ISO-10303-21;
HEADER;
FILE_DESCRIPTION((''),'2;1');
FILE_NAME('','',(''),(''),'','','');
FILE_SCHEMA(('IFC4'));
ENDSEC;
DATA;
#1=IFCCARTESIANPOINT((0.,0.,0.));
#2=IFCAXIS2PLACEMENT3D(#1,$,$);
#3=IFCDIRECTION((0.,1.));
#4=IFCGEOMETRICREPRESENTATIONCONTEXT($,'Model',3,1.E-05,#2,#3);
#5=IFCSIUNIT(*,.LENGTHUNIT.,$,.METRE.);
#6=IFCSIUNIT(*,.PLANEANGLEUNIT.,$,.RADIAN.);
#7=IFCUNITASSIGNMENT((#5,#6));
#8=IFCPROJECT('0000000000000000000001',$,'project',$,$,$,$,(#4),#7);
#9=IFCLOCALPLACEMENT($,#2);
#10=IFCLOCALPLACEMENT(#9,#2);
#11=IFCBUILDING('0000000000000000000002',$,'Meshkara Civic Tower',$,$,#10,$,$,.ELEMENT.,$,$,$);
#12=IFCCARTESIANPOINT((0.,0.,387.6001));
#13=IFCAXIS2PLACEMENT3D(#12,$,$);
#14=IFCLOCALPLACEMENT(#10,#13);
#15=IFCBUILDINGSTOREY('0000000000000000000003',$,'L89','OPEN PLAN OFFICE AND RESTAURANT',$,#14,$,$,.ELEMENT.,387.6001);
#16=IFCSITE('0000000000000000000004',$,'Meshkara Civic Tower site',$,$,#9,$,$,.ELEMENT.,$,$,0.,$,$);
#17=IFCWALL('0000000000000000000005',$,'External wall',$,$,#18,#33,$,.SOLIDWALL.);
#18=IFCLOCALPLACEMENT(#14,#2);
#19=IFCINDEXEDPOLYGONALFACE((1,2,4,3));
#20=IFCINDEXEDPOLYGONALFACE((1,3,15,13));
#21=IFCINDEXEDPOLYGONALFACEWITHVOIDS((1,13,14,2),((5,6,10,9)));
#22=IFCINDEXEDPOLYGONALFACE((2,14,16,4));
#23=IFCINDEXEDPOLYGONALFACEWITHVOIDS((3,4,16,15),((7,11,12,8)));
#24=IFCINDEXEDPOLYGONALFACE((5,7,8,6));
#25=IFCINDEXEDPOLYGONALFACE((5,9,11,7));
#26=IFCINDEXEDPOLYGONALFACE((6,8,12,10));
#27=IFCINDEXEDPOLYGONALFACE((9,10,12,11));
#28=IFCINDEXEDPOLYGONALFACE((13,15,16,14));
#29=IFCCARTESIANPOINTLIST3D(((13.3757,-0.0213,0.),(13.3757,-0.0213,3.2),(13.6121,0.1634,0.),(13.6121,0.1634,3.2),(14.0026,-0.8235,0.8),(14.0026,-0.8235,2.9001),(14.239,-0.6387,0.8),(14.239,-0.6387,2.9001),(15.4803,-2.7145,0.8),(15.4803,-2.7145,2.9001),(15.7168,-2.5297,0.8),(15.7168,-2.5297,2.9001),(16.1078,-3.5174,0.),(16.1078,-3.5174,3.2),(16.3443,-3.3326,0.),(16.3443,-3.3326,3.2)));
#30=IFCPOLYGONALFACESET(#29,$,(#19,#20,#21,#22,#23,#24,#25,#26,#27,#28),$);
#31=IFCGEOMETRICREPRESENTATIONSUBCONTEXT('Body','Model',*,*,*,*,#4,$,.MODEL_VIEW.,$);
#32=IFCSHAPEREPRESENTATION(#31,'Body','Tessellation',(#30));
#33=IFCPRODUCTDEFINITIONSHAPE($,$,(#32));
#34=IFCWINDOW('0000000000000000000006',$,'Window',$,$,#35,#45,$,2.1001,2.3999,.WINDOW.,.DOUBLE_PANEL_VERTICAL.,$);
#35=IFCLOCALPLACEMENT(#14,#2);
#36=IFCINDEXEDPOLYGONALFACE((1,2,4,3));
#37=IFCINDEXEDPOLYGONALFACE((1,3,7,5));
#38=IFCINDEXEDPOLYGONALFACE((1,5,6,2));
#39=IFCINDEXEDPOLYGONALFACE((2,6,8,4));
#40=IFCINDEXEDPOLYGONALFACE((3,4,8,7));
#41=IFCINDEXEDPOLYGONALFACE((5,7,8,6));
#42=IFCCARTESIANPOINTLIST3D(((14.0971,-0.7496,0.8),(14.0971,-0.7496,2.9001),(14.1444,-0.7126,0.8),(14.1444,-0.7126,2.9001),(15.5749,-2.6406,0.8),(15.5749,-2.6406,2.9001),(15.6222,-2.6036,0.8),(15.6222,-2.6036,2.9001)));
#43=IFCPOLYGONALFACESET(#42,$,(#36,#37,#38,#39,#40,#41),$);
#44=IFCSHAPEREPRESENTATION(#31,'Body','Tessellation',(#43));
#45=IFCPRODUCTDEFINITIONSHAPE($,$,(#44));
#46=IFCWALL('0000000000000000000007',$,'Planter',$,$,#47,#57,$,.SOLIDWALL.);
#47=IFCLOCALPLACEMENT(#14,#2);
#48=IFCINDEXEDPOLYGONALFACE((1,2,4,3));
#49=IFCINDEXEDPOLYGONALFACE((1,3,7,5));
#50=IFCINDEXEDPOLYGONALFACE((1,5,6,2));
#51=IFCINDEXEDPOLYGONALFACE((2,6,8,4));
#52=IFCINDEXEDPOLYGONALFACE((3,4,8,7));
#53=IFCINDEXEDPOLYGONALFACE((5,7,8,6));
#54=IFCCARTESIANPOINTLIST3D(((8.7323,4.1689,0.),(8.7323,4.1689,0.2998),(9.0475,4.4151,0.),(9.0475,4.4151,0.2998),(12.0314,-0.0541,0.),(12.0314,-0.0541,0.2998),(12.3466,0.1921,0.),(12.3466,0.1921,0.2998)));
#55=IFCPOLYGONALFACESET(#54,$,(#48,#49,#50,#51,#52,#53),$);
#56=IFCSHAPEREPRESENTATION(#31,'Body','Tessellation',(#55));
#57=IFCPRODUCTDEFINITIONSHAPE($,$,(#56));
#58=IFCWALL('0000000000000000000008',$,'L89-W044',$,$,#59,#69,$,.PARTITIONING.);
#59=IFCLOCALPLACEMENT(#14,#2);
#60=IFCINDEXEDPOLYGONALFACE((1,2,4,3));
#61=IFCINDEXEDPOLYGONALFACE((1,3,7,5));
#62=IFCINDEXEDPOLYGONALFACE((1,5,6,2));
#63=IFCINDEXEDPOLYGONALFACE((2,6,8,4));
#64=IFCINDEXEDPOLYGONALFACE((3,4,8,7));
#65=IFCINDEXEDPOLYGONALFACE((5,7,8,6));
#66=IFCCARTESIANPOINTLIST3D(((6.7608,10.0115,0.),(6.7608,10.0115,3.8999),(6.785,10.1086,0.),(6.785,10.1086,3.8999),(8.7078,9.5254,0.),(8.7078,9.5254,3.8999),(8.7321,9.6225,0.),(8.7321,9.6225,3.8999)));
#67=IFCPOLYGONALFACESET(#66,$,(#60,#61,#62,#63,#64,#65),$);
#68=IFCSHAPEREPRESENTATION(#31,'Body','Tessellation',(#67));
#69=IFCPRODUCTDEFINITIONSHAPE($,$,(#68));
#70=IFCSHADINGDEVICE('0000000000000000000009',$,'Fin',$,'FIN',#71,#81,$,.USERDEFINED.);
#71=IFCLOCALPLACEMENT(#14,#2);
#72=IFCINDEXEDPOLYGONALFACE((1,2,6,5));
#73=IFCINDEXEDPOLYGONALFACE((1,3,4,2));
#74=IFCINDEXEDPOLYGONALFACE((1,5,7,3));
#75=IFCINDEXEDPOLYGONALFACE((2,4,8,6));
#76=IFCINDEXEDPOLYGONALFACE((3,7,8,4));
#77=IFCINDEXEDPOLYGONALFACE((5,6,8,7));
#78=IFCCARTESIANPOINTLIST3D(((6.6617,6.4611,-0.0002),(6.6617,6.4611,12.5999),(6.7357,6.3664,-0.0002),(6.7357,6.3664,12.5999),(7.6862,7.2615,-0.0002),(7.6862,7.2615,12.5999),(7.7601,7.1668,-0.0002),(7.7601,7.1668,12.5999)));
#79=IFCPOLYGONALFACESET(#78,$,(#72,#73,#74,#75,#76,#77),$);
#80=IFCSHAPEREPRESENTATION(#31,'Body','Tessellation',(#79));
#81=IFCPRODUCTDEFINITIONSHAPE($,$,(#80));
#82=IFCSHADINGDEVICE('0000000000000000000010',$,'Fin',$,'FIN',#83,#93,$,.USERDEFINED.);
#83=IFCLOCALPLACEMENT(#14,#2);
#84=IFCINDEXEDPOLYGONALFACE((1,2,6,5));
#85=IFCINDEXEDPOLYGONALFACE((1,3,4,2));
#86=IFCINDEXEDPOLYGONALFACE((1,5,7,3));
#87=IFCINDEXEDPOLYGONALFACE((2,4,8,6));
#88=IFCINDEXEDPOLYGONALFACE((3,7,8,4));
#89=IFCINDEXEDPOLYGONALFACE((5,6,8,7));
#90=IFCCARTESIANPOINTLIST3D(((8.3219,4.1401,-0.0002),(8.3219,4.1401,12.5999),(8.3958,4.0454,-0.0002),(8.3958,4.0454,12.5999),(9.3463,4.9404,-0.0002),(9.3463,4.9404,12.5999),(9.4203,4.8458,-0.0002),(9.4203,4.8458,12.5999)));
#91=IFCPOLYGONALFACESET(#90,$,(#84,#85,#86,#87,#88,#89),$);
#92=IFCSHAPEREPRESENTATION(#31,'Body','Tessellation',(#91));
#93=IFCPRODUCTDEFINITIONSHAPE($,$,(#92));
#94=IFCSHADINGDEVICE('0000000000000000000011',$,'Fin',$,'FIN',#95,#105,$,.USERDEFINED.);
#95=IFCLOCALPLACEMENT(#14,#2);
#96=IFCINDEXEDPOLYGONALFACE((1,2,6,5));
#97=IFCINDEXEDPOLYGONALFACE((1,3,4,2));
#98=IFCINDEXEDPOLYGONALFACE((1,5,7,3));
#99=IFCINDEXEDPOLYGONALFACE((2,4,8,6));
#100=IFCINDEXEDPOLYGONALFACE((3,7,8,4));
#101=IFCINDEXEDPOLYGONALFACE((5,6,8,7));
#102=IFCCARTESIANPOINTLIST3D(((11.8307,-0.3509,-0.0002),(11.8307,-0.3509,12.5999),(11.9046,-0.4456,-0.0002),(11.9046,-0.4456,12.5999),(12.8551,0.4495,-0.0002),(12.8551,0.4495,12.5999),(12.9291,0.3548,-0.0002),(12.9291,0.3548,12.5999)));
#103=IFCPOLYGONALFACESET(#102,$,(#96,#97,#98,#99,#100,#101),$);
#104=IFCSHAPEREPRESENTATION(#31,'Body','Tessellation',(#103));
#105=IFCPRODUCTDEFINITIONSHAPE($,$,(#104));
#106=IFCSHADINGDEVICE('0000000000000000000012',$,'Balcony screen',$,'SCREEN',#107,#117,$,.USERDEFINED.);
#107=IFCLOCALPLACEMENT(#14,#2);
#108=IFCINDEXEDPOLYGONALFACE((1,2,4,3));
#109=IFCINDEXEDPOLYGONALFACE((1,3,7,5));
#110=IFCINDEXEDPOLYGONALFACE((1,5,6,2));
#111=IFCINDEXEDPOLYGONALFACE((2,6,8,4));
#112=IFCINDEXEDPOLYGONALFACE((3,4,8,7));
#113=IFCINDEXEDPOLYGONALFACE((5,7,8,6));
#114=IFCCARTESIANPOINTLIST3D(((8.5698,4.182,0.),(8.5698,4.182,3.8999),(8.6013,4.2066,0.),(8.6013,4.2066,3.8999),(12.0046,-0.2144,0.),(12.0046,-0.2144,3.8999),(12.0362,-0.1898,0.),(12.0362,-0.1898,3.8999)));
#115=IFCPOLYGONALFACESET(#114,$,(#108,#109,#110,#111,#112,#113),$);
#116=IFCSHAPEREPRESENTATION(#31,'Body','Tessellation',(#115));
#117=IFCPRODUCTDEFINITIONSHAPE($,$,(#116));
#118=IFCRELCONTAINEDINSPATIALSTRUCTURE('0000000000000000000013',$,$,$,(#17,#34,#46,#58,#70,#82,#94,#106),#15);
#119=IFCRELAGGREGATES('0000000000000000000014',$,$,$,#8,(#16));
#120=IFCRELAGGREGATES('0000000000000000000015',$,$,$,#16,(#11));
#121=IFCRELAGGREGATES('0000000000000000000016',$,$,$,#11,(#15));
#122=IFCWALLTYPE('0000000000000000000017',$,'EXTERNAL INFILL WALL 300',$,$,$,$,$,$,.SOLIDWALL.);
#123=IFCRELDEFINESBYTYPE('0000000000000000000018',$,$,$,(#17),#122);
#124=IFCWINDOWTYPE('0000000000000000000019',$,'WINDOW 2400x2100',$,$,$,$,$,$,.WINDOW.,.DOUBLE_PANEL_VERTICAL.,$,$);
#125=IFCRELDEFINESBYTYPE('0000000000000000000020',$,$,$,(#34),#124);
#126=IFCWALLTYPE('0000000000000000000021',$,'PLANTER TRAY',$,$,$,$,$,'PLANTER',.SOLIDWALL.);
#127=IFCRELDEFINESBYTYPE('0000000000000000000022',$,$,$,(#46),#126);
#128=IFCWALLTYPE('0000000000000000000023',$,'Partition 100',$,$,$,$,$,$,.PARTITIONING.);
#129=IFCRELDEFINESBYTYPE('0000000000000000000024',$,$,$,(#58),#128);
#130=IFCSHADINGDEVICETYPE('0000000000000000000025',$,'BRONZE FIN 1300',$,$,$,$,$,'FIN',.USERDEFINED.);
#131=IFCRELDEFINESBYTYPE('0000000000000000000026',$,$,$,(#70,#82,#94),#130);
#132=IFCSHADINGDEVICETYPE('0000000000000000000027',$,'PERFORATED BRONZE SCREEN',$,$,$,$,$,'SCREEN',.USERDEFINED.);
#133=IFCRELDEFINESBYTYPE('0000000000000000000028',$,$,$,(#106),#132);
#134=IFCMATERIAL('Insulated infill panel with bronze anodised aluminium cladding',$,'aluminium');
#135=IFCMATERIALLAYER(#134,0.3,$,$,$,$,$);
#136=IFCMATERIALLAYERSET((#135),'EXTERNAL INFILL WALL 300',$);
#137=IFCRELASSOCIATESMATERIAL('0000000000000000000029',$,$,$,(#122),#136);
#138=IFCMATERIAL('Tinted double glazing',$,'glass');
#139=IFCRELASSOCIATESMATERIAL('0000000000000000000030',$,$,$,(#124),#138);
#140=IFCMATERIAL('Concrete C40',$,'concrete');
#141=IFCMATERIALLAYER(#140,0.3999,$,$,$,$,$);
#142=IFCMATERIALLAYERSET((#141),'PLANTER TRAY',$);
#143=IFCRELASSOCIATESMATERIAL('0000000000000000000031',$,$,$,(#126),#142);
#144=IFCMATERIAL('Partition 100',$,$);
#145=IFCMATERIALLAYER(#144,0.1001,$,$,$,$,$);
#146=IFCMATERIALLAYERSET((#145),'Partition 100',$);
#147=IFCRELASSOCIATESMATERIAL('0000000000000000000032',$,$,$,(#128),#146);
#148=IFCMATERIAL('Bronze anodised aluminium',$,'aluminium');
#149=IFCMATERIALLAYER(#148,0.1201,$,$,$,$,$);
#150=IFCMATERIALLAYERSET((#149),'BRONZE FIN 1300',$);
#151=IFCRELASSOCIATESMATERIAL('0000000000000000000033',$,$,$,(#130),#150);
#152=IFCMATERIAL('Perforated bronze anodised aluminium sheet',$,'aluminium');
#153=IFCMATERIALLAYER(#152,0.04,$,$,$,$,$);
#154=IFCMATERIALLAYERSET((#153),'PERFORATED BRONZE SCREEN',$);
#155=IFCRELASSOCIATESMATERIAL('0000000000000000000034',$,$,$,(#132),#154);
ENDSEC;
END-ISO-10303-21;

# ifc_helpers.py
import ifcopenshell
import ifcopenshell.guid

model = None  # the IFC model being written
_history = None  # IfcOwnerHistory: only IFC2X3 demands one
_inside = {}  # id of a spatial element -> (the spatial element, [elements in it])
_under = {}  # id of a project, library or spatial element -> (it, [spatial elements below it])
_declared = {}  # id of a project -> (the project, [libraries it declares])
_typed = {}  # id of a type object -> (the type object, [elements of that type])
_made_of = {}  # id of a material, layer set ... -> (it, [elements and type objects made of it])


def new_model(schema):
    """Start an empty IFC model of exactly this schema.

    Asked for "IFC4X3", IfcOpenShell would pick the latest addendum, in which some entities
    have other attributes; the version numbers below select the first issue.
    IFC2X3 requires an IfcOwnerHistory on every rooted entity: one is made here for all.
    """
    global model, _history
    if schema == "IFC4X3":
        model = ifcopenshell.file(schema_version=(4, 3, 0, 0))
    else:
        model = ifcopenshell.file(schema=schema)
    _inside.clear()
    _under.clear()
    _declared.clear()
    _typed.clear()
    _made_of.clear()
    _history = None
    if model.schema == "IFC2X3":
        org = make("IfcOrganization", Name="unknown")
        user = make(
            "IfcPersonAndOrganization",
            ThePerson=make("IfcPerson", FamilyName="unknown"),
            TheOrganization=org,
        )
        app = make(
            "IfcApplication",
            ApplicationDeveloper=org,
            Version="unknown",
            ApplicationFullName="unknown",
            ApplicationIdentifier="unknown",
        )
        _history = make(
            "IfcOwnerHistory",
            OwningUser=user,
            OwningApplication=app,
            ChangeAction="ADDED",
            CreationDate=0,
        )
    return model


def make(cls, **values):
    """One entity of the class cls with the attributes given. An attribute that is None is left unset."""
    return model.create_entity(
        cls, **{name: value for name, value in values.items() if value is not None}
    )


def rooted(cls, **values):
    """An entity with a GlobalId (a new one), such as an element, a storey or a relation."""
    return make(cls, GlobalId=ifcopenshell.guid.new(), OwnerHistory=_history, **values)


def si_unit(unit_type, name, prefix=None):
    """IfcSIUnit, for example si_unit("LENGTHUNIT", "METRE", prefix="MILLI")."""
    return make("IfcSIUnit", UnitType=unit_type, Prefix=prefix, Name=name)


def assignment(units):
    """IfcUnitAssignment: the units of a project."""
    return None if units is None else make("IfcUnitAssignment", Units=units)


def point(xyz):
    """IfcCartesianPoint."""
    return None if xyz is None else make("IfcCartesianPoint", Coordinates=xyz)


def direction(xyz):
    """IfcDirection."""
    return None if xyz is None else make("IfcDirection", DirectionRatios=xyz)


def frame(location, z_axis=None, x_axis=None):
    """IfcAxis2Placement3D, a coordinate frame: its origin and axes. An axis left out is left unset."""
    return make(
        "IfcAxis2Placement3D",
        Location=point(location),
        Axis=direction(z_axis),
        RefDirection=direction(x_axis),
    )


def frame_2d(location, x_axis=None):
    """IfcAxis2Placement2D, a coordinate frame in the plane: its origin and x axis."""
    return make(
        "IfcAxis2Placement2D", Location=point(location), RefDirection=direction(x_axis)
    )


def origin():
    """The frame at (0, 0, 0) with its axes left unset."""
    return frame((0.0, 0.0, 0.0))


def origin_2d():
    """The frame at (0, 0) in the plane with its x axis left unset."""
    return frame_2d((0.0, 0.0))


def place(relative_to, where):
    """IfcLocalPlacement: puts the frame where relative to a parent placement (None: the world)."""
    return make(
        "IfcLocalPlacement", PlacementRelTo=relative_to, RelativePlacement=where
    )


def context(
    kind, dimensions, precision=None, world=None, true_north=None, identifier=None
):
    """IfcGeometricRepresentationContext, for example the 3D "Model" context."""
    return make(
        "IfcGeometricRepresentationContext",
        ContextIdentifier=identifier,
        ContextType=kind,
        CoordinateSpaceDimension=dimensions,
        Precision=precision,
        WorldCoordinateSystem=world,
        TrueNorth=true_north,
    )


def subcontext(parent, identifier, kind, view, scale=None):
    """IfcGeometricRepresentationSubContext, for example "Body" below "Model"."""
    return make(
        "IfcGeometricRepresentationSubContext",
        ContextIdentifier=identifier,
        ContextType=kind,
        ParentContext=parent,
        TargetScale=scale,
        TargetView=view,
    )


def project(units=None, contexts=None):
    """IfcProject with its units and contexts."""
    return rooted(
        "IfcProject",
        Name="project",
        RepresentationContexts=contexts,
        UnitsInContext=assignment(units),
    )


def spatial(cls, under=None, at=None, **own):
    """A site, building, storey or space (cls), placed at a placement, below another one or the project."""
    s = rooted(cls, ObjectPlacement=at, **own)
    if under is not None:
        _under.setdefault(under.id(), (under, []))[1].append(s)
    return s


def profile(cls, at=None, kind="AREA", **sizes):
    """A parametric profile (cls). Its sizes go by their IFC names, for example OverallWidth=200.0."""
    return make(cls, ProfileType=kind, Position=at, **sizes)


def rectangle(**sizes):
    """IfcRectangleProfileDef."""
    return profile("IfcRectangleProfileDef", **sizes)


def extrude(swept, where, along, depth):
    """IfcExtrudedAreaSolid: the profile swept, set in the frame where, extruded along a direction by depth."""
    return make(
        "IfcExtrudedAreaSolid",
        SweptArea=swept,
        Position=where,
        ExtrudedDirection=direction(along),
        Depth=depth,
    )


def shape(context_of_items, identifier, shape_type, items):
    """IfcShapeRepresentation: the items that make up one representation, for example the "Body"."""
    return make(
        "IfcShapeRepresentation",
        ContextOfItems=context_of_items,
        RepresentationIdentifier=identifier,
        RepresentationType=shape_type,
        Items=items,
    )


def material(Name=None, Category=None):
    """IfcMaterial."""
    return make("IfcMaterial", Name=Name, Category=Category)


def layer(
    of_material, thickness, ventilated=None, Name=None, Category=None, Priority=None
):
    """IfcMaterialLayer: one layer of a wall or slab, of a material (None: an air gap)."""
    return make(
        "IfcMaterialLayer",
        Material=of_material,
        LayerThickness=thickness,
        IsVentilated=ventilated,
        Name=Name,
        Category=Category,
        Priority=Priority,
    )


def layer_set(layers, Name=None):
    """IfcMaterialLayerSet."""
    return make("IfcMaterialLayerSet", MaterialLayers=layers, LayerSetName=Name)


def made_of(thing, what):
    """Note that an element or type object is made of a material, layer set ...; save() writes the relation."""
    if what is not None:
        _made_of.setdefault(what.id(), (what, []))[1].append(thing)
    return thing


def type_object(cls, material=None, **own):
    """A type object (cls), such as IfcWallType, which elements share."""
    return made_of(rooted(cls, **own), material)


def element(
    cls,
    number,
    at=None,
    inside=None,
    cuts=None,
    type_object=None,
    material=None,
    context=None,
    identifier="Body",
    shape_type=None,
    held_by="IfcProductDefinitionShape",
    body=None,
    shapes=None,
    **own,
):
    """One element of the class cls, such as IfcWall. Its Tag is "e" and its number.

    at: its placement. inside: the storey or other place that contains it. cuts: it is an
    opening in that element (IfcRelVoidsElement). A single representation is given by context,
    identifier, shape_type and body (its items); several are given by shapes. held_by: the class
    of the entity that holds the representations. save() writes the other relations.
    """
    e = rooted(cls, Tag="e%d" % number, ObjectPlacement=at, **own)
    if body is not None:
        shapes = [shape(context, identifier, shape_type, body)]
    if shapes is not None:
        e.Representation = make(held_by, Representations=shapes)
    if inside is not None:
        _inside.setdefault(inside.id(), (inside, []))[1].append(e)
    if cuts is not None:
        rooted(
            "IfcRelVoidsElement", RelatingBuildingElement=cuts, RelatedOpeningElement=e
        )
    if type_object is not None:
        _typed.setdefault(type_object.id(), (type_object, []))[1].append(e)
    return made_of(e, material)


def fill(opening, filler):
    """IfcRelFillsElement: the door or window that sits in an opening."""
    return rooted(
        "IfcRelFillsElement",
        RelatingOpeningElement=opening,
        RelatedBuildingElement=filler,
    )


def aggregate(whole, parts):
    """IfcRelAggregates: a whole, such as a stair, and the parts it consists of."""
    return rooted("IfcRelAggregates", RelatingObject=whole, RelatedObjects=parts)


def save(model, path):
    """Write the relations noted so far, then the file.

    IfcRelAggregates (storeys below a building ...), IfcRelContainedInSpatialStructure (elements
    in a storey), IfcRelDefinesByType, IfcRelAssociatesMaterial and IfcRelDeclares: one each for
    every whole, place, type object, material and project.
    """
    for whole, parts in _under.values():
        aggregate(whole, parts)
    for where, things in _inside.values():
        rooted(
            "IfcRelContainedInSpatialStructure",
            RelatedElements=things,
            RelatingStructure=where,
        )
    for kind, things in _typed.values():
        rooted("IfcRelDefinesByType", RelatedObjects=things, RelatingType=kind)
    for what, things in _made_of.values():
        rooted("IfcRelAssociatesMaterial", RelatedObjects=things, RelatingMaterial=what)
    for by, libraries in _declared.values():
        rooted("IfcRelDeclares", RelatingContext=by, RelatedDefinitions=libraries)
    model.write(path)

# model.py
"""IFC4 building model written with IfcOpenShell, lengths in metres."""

from ifc_helpers import new_model, si_unit, direction, frame, frame_2d, origin, origin_2d, place, context, subcontext, project, spatial, rectangle, extrude, material, layer, layer_set, type_object, element, fill, save


model = new_model("IFC4")

# Units and contexts
model_context = context("Model", 3, precision=1e-05, world=origin(), true_north=direction((0.0, 1.0)))
body_context = subcontext(model_context, "Body", "Model", "MODEL_VIEW")
ifc_project = project(units=[si_unit("LENGTHUNIT", "METRE"), si_unit("PLANEANGLEUNIT", "RADIAN")], contexts=[model_context])

# Site, building, storey
site_placement = place(None, origin())
site = spatial("IfcSite", under=ifc_project, at=site_placement, Name="Meshkara Civic Tower site", CompositionType="ELEMENT", RefElevation=0.0)
building_placement = place(site_placement, origin())
building = spatial("IfcBuilding", under=site, at=building_placement, Name="Meshkara Civic Tower", CompositionType="ELEMENT")
storey_placement = place(building_placement, frame((0.0, 0.0, 387.6001)))
storey = spatial("IfcBuildingStorey", under=building, at=storey_placement, Name="L89", Description="OPEN PLAN OFFICE AND RESTAURANT", CompositionType="ELEMENT", Elevation=387.6001)

# Wall, opening, window
ifc_material_1 = material(Name="Insulated infill panel with bronze anodised aluminium cladding", Category="aluminium")
ifc_layer_1 = layer(ifc_material_1, 0.3)
ifc_layer_set_1 = layer_set([ifc_layer_1], Name="EXTERNAL INFILL WALL 300")
wall_type_1 = type_object("IfcWallType", Name="EXTERNAL INFILL WALL 300", PredefinedType="SOLIDWALL", material=ifc_layer_set_1)
wall_1_placement = place(storey_placement, frame((13.4939, 0.071, 0.0), z_axis=(0.0, 0.0, 1.0), x_axis=(0.615764, -0.787931, 0.0)))
wall_1 = element("IfcWall", 1, at=wall_1_placement, inside=storey, type_object=wall_type_1, Name="External wall", PredefinedType="SOLIDWALL", context=body_context, shape_type="SweptSolid", body=[
    extrude(rectangle(XDim=4.437, YDim=0.3, at=frame_2d((2.2185, 0.0))), origin(), (0.0, 0.0, 1.0), 3.2),
])
opening_1_placement = place(wall_1_placement, frame((1.0181, 0.0, 0.8)))
opening_1 = element("IfcOpeningElement", 2, at=opening_1_placement, cuts=wall_1, PredefinedType="OPENING", context=body_context, shape_type="SweptSolid", body=[
    extrude(rectangle(XDim=2.3999, YDim=2.1001, at=frame_2d((1.2, 1.05))), frame((0.0, 0.1599, 0.0), z_axis=(0.0, -1.0, 0.0), x_axis=(1.0, 0.0, 0.0)), (0.0, 0.0, 1.0), 0.3201),
])
ifc_material_2 = material(Name="Tinted double glazing", Category="glass")
window_type = type_object("IfcWindowType", Name="WINDOW 2400x2100", PartitioningType="DOUBLE_PANEL_VERTICAL", PredefinedType="WINDOW", material=ifc_material_2)
window_placement = place(opening_1_placement, origin())
window = element("IfcWindow", 3, at=window_placement, inside=storey, type_object=window_type, Name="Window", OverallHeight=2.1001, OverallWidth=2.3999, PartitioningType="DOUBLE_PANEL_VERTICAL", PredefinedType="WINDOW", context=body_context, shape_type="SweptSolid", body=[
    extrude(rectangle(XDim=2.3999, YDim=2.1001, at=frame_2d((1.2, 1.05))), frame((0.0, 0.03, 0.0), z_axis=(0.0, -1.0, 0.0), x_axis=(1.0, 0.0, 0.0)), (0.0, 0.0, 1.0), 0.0601),
])
fill(opening_1, window)

# Walls
ifc_material_3 = material(Name="Concrete C40", Category="concrete")
ifc_layer_2 = layer(ifc_material_3, 0.3999)
ifc_layer_set_2 = layer_set([ifc_layer_2], Name="PLANTER TRAY")
wall_type_2 = type_object("IfcWallType", Name="PLANTER TRAY", ElementType="PLANTER", PredefinedType="SOLIDWALL", material=ifc_layer_set_2)
wall_2_placement = place(storey_placement, frame((8.8899, 4.292, 0.0), z_axis=(0.0, 0.0, 1.0), x_axis=(0.615636, -0.788031, 0.0)))
element("IfcWall", 4, at=wall_2_placement, inside=storey, type_object=wall_type_2, Name="Planter", PredefinedType="SOLIDWALL", context=body_context, shape_type="SweptSolid", body=[
    extrude(rectangle(XDim=5.3589, YDim=0.3999, at=frame_2d((2.6794, 0.0))), origin(), (0.0, 0.0, 1.0), 0.2998),
])
ifc_material_4 = material(Name="Partition 100")
ifc_layer_3 = layer(ifc_material_4, 0.1001)
ifc_layer_set_3 = layer_set([ifc_layer_3], Name="Partition 100")
wall_type_3 = type_object("IfcWallType", Name="Partition 100", PredefinedType="PARTITIONING", material=ifc_layer_set_3)
wall_3_placement = place(storey_placement, frame((8.72, 9.574, 0.0), z_axis=(0.0, 0.0, 1.0), x_axis=(-0.970221, 0.242221, 0.0)))
element("IfcWall", 5, at=wall_3_placement, inside=storey, type_object=wall_type_3, Name="L89-W044", PredefinedType="PARTITIONING", context=body_context, shape_type="SweptSolid", body=[
    extrude(rectangle(XDim=2.0068, YDim=0.1001, at=frame_2d((1.0034, 0.0))), origin(), (0.0, 0.0, 1.0), 3.8999),
])

# Shading devices
ifc_material_5 = material(Name="Bronze anodised aluminium", Category="aluminium")
ifc_layer_4 = layer(ifc_material_5, 0.1201)
ifc_layer_set_4 = layer_set([ifc_layer_4], Name="BRONZE FIN 1300")
shading_device_type_1 = type_object("IfcShadingDeviceType", Name="BRONZE FIN 1300", ElementType="FIN", PredefinedType="USERDEFINED", material=ifc_layer_set_4)
for number, where, z_axis, x_axis, name in (
    (6, (7.2109, 6.814, -0.0002), (0.0, 0.0, 1.0), (0.615661, -0.788011, 0.0), "Fin"),
    (7, (8.8711, 4.4929, -0.0002), (0.0, 0.0, 1.0), (0.615661, -0.788011, 0.0), "Fin"),
    (8, (12.3799, 0.002, -0.0002), (0.0, 0.0, 1.0), (0.615661, -0.788011, 0.0), "Fin"),
):
    element("IfcShadingDevice", number, at=place(storey_placement, frame(where, z_axis=z_axis, x_axis=x_axis)), inside=storey, type_object=shading_device_type_1, Name=name, ObjectType="FIN", PredefinedType="USERDEFINED", context=body_context, shape_type="SweptSolid", body=[
        extrude(rectangle(XDim=0.1201, YDim=1.3, at=origin_2d()), origin(), (0.0, 0.0, 1.0), 12.6001),
    ])
ifc_material_6 = material(Name="Perforated bronze anodised aluminium sheet", Category="aluminium")
ifc_layer_5 = layer(ifc_material_6, 0.04)
ifc_layer_set_5 = layer_set([ifc_layer_5], Name="PERFORATED BRONZE SCREEN")
shading_device_type_2 = type_object("IfcShadingDeviceType", Name="PERFORATED BRONZE SCREEN", ElementType="SCREEN", PredefinedType="USERDEFINED", material=ifc_layer_set_5)
shading_device_placement = place(storey_placement, frame((10.303, 1.9961, 0.0), z_axis=(0.0, 0.0, 1.0), x_axis=(0.615661, -0.788011, 0.0)))
element("IfcShadingDevice", 9, at=shading_device_placement, inside=storey, type_object=shading_device_type_2, Name="Balcony screen", ObjectType="SCREEN", PredefinedType="USERDEFINED", context=body_context, shape_type="SweptSolid", body=[
    extrude(rectangle(XDim=5.5791, YDim=0.04, at=origin_2d()), origin(), (0.0, 0.0, 1.0), 3.8999),
])

save(model, "model.ifc")
